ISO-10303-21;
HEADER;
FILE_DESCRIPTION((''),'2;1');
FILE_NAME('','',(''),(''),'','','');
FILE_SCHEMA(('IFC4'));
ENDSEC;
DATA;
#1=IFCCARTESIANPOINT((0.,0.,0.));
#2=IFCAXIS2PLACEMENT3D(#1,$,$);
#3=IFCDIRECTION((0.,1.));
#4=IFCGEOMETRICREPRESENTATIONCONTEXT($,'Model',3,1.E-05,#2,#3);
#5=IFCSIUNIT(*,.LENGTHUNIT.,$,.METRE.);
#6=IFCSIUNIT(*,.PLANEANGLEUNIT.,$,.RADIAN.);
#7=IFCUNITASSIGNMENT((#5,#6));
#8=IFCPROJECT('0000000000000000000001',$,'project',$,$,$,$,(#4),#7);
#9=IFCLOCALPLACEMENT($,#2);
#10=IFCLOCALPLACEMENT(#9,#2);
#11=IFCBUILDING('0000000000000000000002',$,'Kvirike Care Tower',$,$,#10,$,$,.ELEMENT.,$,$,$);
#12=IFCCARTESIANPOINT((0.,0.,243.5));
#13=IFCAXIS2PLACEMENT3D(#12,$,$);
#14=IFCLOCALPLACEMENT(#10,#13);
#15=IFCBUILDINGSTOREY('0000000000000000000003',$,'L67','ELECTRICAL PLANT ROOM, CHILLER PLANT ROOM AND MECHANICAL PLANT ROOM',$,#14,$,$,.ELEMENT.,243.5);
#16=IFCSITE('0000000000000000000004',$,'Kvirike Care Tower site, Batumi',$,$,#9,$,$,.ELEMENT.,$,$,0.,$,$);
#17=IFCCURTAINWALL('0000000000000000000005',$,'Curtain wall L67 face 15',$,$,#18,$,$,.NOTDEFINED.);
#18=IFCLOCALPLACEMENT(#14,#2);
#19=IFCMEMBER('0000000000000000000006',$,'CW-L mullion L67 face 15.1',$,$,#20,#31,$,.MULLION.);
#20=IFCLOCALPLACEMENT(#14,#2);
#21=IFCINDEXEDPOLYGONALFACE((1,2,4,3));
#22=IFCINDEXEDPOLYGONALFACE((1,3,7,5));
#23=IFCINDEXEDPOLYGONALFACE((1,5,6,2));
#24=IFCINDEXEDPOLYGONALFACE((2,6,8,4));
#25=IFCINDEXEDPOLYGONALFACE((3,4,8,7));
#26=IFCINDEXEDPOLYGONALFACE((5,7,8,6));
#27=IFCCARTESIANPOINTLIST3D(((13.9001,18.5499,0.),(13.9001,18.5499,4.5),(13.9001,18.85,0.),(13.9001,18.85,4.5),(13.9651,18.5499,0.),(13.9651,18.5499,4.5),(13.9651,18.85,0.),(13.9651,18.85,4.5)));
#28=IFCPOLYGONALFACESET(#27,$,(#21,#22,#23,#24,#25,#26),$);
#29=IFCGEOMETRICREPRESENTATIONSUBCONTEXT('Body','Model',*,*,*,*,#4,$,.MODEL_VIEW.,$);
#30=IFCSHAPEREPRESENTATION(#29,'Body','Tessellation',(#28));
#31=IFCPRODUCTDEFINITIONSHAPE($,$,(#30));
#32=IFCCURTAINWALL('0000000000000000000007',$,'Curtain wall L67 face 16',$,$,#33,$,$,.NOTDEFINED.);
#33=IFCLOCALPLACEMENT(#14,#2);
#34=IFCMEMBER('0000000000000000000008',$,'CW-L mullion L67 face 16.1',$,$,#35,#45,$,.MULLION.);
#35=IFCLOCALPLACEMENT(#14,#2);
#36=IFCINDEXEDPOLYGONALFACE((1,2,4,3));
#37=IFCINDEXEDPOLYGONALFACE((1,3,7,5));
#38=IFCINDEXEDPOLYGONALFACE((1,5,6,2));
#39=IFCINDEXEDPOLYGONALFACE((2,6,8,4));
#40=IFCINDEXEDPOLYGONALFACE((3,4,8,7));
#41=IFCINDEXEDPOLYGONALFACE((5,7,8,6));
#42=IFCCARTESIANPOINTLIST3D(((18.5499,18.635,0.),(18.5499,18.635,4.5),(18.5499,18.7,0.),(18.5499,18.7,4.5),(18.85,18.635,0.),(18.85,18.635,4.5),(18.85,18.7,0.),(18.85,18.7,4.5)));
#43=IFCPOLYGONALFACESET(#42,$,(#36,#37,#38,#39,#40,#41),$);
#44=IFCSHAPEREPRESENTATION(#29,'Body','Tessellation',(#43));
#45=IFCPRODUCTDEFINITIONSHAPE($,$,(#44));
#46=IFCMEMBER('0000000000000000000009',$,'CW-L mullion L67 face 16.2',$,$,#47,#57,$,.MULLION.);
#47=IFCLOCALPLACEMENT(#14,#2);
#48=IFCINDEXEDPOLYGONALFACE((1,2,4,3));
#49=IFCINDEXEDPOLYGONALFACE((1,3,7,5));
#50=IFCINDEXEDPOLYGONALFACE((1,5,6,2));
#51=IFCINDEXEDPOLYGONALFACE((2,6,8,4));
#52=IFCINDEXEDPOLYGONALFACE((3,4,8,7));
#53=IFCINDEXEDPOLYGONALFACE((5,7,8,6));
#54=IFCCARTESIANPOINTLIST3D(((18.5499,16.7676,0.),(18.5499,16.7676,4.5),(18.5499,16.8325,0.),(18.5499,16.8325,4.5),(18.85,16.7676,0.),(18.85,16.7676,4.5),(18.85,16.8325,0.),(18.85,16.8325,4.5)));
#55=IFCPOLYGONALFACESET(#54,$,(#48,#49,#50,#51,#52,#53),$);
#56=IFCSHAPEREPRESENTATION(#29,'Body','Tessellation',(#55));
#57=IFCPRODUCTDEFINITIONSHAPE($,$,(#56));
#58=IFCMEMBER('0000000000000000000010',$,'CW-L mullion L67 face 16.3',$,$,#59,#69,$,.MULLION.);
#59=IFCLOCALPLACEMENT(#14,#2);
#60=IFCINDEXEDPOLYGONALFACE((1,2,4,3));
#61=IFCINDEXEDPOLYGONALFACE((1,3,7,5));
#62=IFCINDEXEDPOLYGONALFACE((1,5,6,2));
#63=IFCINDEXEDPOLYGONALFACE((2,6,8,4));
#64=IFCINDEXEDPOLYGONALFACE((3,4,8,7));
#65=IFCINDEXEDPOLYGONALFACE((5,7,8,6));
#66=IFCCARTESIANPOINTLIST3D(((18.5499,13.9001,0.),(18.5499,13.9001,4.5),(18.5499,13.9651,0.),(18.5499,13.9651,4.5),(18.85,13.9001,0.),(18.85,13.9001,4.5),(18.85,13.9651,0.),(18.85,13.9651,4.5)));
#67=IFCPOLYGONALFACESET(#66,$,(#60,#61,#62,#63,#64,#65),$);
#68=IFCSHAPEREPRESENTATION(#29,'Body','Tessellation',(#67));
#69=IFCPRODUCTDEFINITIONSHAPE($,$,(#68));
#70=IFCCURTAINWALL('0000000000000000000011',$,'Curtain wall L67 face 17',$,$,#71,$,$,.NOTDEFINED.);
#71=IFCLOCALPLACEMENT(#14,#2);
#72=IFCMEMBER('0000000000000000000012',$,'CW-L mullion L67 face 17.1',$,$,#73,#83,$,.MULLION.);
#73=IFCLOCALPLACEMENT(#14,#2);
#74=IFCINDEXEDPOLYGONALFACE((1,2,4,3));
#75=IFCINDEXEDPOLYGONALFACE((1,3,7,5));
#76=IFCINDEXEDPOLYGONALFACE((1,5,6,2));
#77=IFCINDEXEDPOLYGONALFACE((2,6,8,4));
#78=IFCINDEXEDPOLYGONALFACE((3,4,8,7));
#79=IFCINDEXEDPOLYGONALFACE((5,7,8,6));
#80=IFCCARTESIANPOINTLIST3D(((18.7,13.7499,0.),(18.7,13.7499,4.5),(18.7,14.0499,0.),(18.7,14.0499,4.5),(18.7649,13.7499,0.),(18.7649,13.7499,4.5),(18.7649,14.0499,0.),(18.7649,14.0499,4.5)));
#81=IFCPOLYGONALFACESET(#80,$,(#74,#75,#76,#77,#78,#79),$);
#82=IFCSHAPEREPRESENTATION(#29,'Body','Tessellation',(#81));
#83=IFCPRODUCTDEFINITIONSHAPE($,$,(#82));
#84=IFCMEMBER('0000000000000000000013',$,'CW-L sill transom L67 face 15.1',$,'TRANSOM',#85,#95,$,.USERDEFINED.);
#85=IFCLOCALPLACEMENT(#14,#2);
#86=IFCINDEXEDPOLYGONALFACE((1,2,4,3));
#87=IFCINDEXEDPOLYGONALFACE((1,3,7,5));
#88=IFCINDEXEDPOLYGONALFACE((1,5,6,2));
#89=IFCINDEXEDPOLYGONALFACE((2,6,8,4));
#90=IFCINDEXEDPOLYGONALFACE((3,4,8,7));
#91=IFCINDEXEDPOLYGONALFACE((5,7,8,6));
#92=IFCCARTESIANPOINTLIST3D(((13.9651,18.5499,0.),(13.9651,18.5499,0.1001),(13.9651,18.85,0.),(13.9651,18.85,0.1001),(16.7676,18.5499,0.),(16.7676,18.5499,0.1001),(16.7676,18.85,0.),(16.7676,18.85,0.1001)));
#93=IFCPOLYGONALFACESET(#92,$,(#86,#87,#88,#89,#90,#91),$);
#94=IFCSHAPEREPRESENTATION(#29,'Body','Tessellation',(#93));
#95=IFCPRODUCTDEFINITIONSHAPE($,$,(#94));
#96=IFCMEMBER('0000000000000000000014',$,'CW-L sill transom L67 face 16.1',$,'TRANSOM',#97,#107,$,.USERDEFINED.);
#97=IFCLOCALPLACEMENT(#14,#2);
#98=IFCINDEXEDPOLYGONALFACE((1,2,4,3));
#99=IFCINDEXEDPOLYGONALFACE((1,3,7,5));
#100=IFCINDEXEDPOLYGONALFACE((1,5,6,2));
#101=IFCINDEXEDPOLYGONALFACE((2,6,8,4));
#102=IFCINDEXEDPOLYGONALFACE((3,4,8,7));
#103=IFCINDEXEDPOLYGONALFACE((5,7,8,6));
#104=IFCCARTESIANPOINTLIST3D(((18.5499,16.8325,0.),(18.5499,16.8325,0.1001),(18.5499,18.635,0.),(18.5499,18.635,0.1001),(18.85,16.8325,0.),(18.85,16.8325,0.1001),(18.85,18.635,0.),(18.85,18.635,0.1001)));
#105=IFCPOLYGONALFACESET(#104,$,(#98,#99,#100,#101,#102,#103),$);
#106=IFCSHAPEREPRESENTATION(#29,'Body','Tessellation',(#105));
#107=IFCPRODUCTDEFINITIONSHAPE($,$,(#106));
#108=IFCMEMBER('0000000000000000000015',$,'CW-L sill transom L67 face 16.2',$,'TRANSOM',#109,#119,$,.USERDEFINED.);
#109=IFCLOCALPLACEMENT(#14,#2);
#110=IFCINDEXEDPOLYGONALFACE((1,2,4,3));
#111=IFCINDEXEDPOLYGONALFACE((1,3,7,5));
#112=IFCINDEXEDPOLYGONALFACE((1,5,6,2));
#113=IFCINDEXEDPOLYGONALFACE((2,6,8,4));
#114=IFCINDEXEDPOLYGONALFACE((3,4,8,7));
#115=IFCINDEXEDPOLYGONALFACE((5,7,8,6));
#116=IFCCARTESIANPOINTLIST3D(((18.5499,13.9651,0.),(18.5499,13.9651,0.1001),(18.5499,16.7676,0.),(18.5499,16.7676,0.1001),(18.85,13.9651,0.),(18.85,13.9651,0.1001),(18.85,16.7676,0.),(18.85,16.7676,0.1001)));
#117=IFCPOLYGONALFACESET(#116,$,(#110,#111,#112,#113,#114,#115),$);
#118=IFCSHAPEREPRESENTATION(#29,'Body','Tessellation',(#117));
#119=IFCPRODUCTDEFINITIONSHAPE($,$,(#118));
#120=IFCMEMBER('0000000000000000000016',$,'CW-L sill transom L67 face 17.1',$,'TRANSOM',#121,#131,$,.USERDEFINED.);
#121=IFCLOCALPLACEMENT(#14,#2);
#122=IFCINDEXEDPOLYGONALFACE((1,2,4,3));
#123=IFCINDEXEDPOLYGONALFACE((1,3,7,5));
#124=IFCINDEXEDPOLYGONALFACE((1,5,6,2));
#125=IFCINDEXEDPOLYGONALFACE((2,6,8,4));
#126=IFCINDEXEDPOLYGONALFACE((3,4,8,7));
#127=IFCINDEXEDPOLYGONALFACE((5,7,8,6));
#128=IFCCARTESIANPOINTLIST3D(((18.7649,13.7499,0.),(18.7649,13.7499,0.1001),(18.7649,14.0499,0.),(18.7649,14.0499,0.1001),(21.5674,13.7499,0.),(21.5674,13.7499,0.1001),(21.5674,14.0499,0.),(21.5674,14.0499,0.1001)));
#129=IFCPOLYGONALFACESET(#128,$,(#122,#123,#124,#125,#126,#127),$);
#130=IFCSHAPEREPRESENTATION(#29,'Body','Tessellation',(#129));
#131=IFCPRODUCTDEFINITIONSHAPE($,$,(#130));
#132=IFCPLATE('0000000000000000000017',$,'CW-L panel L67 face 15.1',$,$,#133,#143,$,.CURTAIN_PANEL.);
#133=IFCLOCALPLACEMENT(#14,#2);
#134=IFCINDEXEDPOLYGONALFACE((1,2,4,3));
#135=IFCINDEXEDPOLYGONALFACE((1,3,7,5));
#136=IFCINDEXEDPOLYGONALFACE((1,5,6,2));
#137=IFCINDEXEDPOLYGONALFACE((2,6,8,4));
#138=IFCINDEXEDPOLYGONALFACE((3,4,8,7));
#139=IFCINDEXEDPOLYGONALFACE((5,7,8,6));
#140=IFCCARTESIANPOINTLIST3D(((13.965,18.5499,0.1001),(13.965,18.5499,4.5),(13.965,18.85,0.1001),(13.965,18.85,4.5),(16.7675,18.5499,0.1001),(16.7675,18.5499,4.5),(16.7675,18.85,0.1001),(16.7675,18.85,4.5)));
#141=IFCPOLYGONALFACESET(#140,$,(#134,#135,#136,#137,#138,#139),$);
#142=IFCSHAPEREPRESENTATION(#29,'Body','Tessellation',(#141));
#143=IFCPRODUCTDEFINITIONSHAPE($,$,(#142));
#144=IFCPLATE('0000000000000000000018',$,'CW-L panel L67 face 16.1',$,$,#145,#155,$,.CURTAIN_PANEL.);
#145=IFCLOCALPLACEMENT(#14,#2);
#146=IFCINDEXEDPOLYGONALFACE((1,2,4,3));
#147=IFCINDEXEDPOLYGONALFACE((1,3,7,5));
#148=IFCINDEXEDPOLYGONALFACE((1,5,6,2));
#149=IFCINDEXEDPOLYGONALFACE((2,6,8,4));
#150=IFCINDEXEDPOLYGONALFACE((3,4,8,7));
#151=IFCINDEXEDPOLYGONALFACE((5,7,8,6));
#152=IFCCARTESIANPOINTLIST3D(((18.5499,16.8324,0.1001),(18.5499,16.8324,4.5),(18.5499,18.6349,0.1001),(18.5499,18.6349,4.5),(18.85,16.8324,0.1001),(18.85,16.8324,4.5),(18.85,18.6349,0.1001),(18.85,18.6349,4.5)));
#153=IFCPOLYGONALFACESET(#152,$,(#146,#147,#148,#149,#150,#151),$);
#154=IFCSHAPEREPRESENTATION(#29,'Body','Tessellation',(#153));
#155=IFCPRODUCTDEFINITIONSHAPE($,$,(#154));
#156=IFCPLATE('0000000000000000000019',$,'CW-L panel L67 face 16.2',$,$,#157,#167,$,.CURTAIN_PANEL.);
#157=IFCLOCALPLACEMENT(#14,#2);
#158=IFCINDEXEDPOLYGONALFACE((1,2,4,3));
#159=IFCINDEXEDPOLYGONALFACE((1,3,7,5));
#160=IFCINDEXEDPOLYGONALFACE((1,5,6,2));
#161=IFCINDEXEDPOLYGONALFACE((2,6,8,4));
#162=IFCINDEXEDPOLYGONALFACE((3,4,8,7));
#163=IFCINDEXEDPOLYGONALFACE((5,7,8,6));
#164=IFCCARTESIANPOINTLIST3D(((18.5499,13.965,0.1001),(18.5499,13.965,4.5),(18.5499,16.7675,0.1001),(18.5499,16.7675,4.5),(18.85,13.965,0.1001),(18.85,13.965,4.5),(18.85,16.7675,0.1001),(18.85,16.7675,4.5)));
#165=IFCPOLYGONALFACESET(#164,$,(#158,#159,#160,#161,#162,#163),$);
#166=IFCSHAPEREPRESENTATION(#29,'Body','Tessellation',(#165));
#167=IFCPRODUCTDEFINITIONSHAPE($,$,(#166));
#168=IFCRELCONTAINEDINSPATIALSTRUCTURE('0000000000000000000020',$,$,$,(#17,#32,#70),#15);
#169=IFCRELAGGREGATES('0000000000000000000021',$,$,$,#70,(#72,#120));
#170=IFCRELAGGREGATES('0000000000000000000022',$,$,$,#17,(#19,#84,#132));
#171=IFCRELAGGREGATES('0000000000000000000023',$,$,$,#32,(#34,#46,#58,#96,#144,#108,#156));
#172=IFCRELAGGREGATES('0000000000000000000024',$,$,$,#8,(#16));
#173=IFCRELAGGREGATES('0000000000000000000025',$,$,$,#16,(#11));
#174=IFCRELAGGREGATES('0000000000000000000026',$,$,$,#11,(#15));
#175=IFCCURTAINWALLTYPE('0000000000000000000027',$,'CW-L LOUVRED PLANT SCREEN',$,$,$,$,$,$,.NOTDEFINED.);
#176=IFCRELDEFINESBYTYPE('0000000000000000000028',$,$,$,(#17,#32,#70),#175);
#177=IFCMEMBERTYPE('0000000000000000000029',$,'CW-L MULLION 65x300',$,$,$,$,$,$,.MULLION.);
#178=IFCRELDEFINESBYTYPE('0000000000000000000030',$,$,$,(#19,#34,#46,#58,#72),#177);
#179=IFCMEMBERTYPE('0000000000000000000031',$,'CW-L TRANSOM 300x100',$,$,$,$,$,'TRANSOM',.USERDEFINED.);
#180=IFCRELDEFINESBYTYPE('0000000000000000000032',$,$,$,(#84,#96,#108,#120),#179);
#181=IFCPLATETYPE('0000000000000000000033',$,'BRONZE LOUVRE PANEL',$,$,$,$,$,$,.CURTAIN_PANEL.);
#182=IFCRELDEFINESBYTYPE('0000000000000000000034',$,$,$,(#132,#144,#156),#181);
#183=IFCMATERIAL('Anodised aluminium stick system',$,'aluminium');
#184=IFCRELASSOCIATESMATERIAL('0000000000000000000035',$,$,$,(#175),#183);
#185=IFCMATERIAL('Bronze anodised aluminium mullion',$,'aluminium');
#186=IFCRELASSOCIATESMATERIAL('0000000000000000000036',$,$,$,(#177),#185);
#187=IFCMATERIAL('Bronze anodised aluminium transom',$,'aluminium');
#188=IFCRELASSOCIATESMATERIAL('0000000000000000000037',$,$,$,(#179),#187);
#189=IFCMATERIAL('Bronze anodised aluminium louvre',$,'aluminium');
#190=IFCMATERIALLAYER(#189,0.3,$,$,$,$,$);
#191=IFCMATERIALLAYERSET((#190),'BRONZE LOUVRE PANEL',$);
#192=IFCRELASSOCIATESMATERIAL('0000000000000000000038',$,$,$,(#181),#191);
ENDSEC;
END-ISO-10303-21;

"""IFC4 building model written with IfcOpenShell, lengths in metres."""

from ifc_helpers import new_model, si_unit, direction, frame, origin, origin_2d, place, context, subcontext, project, spatial, rectangle, extrude, material, layer, layer_set, material_profile, profile_set, type_object, element, aggregate, save


model = new_model("IFC4")

# Units and contexts
model_context = context("Model", 3, precision=1e-05, world=origin(), true_north=direction((0.0, 1.0)))
body_context = subcontext(model_context, "Body", "Model", "MODEL_VIEW")
ifc_project = project(units=[si_unit("LENGTHUNIT", "METRE"), si_unit("PLANEANGLEUNIT", "RADIAN")], contexts=[model_context])

# Site, building, storey
site_placement = place(None, origin())
site = spatial("IfcSite", under=ifc_project, at=site_placement, Name="Kvirike Care Tower site, Batumi", CompositionType="ELEMENT", RefElevation=0.0)
building_placement = place(site_placement, origin())
building = spatial("IfcBuilding", under=site, at=building_placement, Name="Kvirike Care Tower", CompositionType="ELEMENT")
storey_placement = place(building_placement, frame((0.0, 0.0, 243.5)))
storey = spatial("IfcBuildingStorey", under=building, at=storey_placement, Name="L67", Description="ELECTRICAL PLANT ROOM, CHILLER PLANT ROOM AND MECHANICAL PLANT ROOM", CompositionType="ELEMENT", Elevation=243.5)

# Curtain wall, member
ifc_material_1 = material(Name="Anodised aluminium stick system", Category="aluminium")
curtain_wall_type = type_object("IfcCurtainWallType", Name="CW-L LOUVRED PLANT SCREEN", PredefinedType="NOTDEFINED", material=ifc_material_1)
curtain_wall_1_placement = place(storey_placement, origin())
curtain_wall_1 = element("IfcCurtainWall", 1, at=curtain_wall_1_placement, inside=storey, type_object=curtain_wall_type, Name="Curtain wall L67 face 15", PredefinedType="NOTDEFINED")
ifc_material_2 = material(Name="Bronze anodised aluminium mullion", Category="aluminium")
ifc_material_profile_1 = material_profile(ifc_material_2, rectangle(XDim=0.0649, YDim=0.3, at=origin_2d()), Name="CW-L MULLION 65x300")
ifc_profile_set_1 = profile_set([ifc_material_profile_1], Name="Bronze anodised aluminium mullion")
member_type_1 = type_object("IfcMemberType", Name="CW-L MULLION 65x300", PredefinedType="MULLION", material=ifc_profile_set_1)
member_1_placement = place(storey_placement, frame((13.9326, 18.7, 0.0), z_axis=(0.0, 0.0, 1.0), x_axis=(1.0, 0.0, 0.0)))
member_1 = element("IfcMember", 2, at=member_1_placement, type_object=member_type_1, Name="CW-L mullion L67 face 15.1", PredefinedType="MULLION", context=body_context, shape_type="SweptSolid", body=[
    extrude(rectangle(XDim=0.0649, YDim=0.3, at=origin_2d()), origin(), (0.0, 0.0, 1.0), 4.5),
])

# Curtain wall, members
curtain_wall_2_placement = place(storey_placement, origin())
curtain_wall_2 = element("IfcCurtainWall", 3, at=curtain_wall_2_placement, inside=storey, type_object=curtain_wall_type, Name="Curtain wall L67 face 16", PredefinedType="NOTDEFINED")
member_2_placement = place(storey_placement, frame((18.7, 18.6675, 0.0), z_axis=(0.0, 0.0, 1.0), x_axis=(0.0, -1.0, 0.0)))
member_2 = element("IfcMember", 4, at=member_2_placement, type_object=member_type_1, Name="CW-L mullion L67 face 16.1", PredefinedType="MULLION", context=body_context, shape_type="SweptSolid", body=[
    extrude(rectangle(XDim=0.0649, YDim=0.3, at=origin_2d()), origin(), (0.0, 0.0, 1.0), 4.5),
])
member_3_placement = place(storey_placement, frame((18.7, 16.8, 0.0), z_axis=(0.0, 0.0, 1.0), x_axis=(0.0, -1.0, 0.0)))
member_3 = element("IfcMember", 5, at=member_3_placement, type_object=member_type_1, Name="CW-L mullion L67 face 16.2", PredefinedType="MULLION", context=body_context, shape_type="SweptSolid", body=[
    extrude(rectangle(XDim=0.0649, YDim=0.3, at=origin_2d()), origin(), (0.0, 0.0, 1.0), 4.5),
])
member_4_placement = place(storey_placement, frame((18.7, 13.9326, 0.0), z_axis=(0.0, 0.0, 1.0), x_axis=(0.0, -1.0, 0.0)))
member_4 = element("IfcMember", 6, at=member_4_placement, type_object=member_type_1, Name="CW-L mullion L67 face 16.3", PredefinedType="MULLION", context=body_context, shape_type="SweptSolid", body=[
    extrude(rectangle(XDim=0.0649, YDim=0.3, at=origin_2d()), origin(), (0.0, 0.0, 1.0), 4.5),
])

# Curtain wall, member
curtain_wall_3_placement = place(storey_placement, origin())
curtain_wall_3 = element("IfcCurtainWall", 7, at=curtain_wall_3_placement, inside=storey, type_object=curtain_wall_type, Name="Curtain wall L67 face 17", PredefinedType="NOTDEFINED")
member_5_placement = place(storey_placement, frame((18.7324, 13.8999, 0.0), z_axis=(0.0, 0.0, 1.0), x_axis=(1.0, 0.0, 0.0)))
member_5 = element("IfcMember", 8, at=member_5_placement, type_object=member_type_1, Name="CW-L mullion L67 face 17.1", PredefinedType="MULLION", context=body_context, shape_type="SweptSolid", body=[
    extrude(rectangle(XDim=0.0649, YDim=0.3, at=origin_2d()), origin(), (0.0, 0.0, 1.0), 4.5),
])

# Members
ifc_material_3 = material(Name="Bronze anodised aluminium transom", Category="aluminium")
ifc_material_profile_2 = material_profile(ifc_material_3, rectangle(XDim=0.3, YDim=0.1001, at=origin_2d()), Name="CW-L TRANSOM 300x100")
ifc_profile_set_2 = profile_set([ifc_material_profile_2], Name="Bronze anodised aluminium transom")
member_type_2 = type_object("IfcMemberType", Name="CW-L TRANSOM 300x100", ElementType="TRANSOM", PredefinedType="USERDEFINED", material=ifc_profile_set_2)
member_6_placement = place(storey_placement, frame((13.9651, 18.7, 0.05), z_axis=(1.0, 0.0, 0.0), x_axis=(0.0, 1.0, 0.0)))
member_6 = element("IfcMember", 9, at=member_6_placement, type_object=member_type_2, Name="CW-L sill transom L67 face 15.1", ObjectType="TRANSOM", PredefinedType="USERDEFINED", context=body_context, shape_type="SweptSolid", body=[
    extrude(rectangle(XDim=0.3, YDim=0.1001, at=origin_2d()), origin(), (0.0, 0.0, 1.0), 2.8025),
])
member_7_placement = place(storey_placement, frame((18.7, 18.635, 0.05), z_axis=(0.0, -1.0, 0.0), x_axis=(1.0, 0.0, 0.0)))
member_7 = element("IfcMember", 10, at=member_7_placement, type_object=member_type_2, Name="CW-L sill transom L67 face 16.1", ObjectType="TRANSOM", PredefinedType="USERDEFINED", context=body_context, shape_type="SweptSolid", body=[
    extrude(rectangle(XDim=0.3, YDim=0.1001, at=origin_2d()), origin(), (0.0, 0.0, 1.0), 1.8025),
])
member_8_placement = place(storey_placement, frame((18.7, 16.7676, 0.05), z_axis=(0.0, -1.0, 0.0), x_axis=(1.0, 0.0, 0.0)))
member_8 = element("IfcMember", 11, at=member_8_placement, type_object=member_type_2, Name="CW-L sill transom L67 face 16.2", ObjectType="TRANSOM", PredefinedType="USERDEFINED", context=body_context, shape_type="SweptSolid", body=[
    extrude(rectangle(XDim=0.3, YDim=0.1001, at=origin_2d()), origin(), (0.0, 0.0, 1.0), 2.8025),
])
member_9_placement = place(storey_placement, frame((18.7649, 13.8999, 0.05), z_axis=(1.0, 0.0, 0.0), x_axis=(0.0, 1.0, 0.0)))
member_9 = element("IfcMember", 12, at=member_9_placement, type_object=member_type_2, Name="CW-L sill transom L67 face 17.1", ObjectType="TRANSOM", PredefinedType="USERDEFINED", context=body_context, shape_type="SweptSolid", body=[
    extrude(rectangle(XDim=0.3, YDim=0.1001, at=origin_2d()), origin(), (0.0, 0.0, 1.0), 2.8025),
])
aggregate(curtain_wall_3, [member_5, member_9])

# Plates
ifc_material_4 = material(Name="Bronze anodised aluminium louvre", Category="aluminium")
ifc_layer_1 = layer(ifc_material_4, 0.3)
ifc_layer_set_1 = layer_set([ifc_layer_1], Name="BRONZE LOUVRE PANEL")
plate_type = type_object("IfcPlateType", Name="BRONZE LOUVRE PANEL", PredefinedType="CURTAIN_PANEL", material=ifc_layer_set_1)
plate_1_placement = place(storey_placement, frame((15.3662, 18.7, 0.1001), z_axis=(0.0, 0.0, 1.0), x_axis=(1.0, 0.0, 0.0)))
plate_1 = element("IfcPlate", 13, at=plate_1_placement, type_object=plate_type, Name="CW-L panel L67 face 15.1", PredefinedType="CURTAIN_PANEL", context=body_context, shape_type="SweptSolid", body=[
    extrude(rectangle(XDim=2.8025, YDim=0.3, at=origin_2d()), origin(), (0.0, 0.0, 1.0), 4.3999),
])
aggregate(curtain_wall_1, [member_1, member_6, plate_1])
plate_2_placement = place(storey_placement, frame((18.7, 17.7336, 0.1001), z_axis=(0.0, 0.0, 1.0), x_axis=(0.0, -1.0, 0.0)))
plate_2 = element("IfcPlate", 14, at=plate_2_placement, type_object=plate_type, Name="CW-L panel L67 face 16.1", PredefinedType="CURTAIN_PANEL", context=body_context, shape_type="SweptSolid", body=[
    extrude(rectangle(XDim=1.8025, YDim=0.3, at=origin_2d()), origin(), (0.0, 0.0, 1.0), 4.3999),
])
plate_3_placement = place(storey_placement, frame((18.7, 15.3662, 0.1001), z_axis=(0.0, 0.0, 1.0), x_axis=(0.0, -1.0, 0.0)))
plate_3 = element("IfcPlate", 15, at=plate_3_placement, type_object=plate_type, Name="CW-L panel L67 face 16.2", PredefinedType="CURTAIN_PANEL", context=body_context, shape_type="SweptSolid", body=[
    extrude(rectangle(XDim=2.8025, YDim=0.3, at=origin_2d()), origin(), (0.0, 0.0, 1.0), 4.3999),
])
aggregate(curtain_wall_2, [member_2, member_3, member_4, member_7, plate_2, member_8, plate_3])

save(model, "model.ifc")
